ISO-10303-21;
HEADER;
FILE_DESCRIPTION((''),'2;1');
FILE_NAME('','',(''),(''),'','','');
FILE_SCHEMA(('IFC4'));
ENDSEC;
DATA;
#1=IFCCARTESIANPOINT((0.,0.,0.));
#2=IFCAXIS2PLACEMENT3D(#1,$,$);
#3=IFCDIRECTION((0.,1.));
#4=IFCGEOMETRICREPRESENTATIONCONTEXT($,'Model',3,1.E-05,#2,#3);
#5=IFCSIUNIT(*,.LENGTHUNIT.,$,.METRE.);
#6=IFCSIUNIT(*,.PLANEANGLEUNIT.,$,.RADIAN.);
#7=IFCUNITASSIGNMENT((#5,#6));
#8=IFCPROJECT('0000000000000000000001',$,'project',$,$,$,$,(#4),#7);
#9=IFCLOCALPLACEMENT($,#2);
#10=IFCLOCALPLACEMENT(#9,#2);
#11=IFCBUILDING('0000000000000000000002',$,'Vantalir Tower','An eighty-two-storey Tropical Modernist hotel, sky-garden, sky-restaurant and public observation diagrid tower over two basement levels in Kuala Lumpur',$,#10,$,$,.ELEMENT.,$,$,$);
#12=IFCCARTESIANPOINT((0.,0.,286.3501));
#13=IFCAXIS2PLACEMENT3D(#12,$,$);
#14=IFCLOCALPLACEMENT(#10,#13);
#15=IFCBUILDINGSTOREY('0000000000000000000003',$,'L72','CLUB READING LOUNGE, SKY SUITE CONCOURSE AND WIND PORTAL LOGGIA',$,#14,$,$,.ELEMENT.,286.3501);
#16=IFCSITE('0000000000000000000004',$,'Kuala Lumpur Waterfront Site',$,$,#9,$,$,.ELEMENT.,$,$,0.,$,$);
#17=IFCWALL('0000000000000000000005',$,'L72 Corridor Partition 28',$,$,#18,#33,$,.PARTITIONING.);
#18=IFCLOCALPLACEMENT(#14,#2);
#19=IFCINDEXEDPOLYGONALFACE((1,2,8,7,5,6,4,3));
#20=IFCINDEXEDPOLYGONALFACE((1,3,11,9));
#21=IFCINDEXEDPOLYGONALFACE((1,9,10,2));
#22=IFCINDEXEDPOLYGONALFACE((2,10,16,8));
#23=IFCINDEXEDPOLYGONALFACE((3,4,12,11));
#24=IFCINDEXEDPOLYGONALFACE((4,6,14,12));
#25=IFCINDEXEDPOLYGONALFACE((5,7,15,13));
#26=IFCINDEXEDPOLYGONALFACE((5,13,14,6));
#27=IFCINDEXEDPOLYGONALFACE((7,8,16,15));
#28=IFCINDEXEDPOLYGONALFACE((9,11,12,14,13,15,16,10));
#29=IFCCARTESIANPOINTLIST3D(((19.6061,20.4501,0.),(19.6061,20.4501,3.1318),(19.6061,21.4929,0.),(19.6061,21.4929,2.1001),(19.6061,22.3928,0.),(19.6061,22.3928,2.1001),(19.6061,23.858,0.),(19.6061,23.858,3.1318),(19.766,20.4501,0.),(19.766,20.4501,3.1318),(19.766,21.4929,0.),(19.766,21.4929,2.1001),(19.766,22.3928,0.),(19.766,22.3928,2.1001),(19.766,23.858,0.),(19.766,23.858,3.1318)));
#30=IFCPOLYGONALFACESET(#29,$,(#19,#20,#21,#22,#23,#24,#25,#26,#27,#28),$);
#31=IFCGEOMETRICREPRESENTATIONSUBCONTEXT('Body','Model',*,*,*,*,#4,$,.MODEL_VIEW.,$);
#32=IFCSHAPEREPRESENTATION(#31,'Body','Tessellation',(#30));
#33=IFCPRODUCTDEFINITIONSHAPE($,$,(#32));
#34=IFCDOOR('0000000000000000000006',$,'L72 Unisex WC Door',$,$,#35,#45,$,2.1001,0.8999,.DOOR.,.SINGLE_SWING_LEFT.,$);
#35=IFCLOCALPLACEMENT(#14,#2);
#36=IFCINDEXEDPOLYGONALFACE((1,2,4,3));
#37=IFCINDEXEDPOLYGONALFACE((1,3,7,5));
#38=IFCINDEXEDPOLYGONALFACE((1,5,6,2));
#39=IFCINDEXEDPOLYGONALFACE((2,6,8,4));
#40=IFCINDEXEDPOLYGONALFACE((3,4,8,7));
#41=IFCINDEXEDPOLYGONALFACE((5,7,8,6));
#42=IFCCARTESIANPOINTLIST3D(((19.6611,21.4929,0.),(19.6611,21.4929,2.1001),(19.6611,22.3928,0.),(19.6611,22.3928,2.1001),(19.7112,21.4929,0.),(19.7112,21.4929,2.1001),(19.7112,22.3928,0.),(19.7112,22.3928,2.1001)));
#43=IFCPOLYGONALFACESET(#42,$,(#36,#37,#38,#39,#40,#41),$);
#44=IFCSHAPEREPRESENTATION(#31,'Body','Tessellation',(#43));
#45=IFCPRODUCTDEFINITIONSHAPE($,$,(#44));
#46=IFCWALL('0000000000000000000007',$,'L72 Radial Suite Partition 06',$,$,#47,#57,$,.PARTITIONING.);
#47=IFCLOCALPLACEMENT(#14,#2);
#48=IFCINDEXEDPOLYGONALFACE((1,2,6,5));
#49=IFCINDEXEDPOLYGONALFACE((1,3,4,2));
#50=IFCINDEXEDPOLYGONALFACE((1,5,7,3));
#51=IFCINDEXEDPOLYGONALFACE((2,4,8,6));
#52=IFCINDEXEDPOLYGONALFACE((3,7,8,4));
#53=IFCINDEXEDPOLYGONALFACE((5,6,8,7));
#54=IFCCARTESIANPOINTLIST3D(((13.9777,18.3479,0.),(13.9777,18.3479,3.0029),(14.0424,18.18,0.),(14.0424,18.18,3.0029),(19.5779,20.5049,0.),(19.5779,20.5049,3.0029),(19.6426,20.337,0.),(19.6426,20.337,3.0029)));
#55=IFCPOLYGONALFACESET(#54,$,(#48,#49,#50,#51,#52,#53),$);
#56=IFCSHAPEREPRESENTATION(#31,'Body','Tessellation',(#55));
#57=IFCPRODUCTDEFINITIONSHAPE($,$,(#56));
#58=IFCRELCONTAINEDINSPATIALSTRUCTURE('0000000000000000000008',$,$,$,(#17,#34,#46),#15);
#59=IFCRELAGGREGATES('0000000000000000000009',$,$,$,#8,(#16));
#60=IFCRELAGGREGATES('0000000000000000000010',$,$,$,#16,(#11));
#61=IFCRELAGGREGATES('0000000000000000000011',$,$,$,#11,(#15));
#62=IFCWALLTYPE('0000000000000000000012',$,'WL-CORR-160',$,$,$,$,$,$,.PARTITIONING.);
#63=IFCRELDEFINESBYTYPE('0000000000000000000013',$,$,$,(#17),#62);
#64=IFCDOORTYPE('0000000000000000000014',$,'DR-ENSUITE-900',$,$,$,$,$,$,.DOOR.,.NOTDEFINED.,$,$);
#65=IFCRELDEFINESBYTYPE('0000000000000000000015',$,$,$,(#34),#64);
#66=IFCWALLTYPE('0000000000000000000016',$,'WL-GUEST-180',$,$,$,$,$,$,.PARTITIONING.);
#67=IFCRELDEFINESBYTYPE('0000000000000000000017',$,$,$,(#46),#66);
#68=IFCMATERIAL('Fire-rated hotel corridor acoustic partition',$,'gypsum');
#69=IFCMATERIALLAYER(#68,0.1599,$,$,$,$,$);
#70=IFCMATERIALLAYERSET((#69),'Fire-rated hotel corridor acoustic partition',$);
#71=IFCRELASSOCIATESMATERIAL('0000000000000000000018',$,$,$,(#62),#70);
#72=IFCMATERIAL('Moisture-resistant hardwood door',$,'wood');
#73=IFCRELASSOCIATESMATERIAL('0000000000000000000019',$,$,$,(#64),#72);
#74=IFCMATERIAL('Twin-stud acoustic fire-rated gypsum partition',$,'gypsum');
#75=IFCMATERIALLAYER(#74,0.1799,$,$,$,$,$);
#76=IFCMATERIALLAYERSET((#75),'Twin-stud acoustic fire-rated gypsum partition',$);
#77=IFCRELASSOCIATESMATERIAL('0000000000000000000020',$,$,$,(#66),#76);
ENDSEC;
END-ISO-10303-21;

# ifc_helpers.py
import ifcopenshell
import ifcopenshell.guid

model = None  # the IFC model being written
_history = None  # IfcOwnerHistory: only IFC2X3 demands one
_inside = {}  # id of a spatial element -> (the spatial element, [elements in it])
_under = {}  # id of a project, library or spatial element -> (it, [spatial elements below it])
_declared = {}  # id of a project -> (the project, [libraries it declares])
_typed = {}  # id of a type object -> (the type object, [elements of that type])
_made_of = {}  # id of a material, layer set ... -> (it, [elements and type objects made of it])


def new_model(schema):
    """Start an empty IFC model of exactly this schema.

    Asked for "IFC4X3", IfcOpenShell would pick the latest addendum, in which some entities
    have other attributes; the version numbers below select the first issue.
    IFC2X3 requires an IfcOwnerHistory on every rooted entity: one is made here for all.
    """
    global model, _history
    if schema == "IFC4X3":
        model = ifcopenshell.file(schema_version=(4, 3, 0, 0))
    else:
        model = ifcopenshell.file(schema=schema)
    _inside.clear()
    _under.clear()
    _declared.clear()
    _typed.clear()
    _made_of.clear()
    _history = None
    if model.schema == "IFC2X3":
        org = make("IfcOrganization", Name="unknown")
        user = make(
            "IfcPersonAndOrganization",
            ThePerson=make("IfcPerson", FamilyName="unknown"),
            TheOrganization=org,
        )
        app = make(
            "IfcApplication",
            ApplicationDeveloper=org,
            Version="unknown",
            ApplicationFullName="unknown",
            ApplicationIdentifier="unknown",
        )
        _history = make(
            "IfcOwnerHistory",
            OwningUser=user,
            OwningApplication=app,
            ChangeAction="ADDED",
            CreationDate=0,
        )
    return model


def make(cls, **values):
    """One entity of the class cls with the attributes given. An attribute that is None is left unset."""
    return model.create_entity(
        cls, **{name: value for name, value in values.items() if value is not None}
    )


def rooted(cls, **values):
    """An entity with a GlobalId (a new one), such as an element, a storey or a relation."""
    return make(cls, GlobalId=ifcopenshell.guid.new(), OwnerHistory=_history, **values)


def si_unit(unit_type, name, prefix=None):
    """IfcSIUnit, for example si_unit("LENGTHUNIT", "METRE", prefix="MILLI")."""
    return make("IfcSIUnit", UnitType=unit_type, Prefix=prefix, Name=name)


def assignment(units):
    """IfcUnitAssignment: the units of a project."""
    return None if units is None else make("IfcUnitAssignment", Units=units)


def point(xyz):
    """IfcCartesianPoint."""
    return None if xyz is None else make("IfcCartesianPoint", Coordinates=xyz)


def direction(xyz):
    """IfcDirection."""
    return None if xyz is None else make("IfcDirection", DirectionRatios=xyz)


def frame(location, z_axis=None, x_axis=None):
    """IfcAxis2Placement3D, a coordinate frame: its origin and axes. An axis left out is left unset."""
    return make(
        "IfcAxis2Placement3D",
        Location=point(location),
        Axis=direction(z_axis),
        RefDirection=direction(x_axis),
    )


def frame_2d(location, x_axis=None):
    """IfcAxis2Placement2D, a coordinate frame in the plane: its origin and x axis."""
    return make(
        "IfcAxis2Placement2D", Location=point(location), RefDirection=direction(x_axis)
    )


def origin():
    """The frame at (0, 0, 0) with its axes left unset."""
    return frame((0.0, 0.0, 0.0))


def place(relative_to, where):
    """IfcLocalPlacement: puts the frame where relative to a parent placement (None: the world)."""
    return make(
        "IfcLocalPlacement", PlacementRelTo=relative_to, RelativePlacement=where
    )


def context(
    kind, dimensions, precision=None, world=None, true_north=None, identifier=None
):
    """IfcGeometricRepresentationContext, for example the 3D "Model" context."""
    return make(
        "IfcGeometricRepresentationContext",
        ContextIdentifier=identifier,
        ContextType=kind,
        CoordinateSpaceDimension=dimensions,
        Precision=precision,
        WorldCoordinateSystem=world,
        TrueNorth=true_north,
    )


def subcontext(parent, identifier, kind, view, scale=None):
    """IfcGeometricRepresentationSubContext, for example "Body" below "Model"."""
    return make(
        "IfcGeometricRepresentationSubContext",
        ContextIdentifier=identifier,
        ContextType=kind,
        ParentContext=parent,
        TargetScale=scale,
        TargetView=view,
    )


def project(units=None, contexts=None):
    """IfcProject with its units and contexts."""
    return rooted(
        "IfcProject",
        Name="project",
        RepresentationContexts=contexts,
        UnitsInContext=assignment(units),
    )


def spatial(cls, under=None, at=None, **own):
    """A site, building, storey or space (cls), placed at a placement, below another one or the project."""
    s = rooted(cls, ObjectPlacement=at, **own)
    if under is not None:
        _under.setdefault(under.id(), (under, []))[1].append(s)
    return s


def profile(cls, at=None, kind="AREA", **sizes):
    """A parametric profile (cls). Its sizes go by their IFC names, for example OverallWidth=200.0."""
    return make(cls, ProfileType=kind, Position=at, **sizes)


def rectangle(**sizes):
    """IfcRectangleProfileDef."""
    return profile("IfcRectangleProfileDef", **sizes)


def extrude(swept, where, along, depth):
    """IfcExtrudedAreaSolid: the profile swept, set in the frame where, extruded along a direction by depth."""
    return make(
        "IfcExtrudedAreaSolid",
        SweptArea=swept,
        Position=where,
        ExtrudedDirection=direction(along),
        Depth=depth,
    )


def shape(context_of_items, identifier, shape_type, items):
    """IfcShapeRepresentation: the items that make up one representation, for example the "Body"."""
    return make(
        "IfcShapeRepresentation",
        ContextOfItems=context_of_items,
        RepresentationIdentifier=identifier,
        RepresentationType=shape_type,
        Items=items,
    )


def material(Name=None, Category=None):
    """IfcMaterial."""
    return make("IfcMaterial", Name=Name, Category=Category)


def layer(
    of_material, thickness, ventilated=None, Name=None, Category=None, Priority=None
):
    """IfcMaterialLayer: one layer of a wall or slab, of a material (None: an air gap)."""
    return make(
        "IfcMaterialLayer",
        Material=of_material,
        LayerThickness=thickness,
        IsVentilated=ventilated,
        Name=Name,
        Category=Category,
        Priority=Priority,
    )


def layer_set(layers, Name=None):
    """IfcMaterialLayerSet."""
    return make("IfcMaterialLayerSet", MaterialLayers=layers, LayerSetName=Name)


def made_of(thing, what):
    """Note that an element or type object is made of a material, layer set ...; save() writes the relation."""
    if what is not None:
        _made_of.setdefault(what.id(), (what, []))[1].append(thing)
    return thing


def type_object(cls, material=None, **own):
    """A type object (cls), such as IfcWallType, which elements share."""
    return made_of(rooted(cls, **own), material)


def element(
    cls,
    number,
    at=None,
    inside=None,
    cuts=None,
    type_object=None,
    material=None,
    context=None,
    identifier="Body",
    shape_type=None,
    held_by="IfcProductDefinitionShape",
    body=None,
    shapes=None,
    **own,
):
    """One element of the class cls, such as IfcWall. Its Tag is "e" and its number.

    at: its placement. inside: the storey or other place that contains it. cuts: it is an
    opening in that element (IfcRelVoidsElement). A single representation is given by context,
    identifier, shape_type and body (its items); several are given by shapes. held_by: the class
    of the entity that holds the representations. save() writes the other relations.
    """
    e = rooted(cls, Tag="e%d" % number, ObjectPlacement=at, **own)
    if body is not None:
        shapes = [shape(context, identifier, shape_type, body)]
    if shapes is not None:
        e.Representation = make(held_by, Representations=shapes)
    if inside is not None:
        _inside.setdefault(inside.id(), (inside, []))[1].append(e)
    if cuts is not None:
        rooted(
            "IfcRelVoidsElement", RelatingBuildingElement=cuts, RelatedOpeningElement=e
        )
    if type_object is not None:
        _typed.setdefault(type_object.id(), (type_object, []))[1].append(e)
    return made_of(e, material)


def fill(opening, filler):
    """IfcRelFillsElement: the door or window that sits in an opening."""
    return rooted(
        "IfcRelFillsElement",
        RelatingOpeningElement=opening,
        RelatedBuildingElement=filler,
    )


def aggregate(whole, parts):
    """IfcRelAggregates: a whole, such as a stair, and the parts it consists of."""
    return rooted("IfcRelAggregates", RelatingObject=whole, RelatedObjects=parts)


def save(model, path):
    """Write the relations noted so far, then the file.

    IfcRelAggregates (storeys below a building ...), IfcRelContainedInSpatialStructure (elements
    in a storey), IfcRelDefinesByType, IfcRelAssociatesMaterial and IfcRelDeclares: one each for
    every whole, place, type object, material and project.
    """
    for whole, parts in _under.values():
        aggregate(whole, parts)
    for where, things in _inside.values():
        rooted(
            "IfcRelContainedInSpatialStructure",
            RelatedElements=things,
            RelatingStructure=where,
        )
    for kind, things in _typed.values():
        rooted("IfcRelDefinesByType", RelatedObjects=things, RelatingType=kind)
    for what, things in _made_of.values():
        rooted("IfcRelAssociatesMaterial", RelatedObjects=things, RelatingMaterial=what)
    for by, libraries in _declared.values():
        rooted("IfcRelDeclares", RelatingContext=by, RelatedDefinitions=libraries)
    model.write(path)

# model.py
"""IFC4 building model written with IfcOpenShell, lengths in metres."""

from ifc_helpers import new_model, si_unit, direction, frame, frame_2d, origin, place, context, subcontext, project, spatial, rectangle, extrude, material, layer, layer_set, type_object, element, fill, save


model = new_model("IFC4")

# Units and contexts
model_context = context("Model", 3, precision=1e-05, world=origin(), true_north=direction((0.0, 1.0)))
body_context = subcontext(model_context, "Body", "Model", "MODEL_VIEW")
ifc_project = project(units=[si_unit("LENGTHUNIT", "METRE"), si_unit("PLANEANGLEUNIT", "RADIAN")], contexts=[model_context])

# Site, building, storey
site_placement = place(None, origin())
site = spatial("IfcSite", under=ifc_project, at=site_placement, Name="Kuala Lumpur Waterfront Site", CompositionType="ELEMENT", RefElevation=0.0)
building_placement = place(site_placement, origin())
building = spatial("IfcBuilding", under=site, at=building_placement, Name="Vantalir Tower", Description="An eighty-two-storey Tropical Modernist hotel, sky-garden, sky-restaurant and public observation diagrid tower over two basement levels in Kuala Lumpur", CompositionType="ELEMENT")
storey_placement = place(building_placement, frame((0.0, 0.0, 286.3501)))
storey = spatial("IfcBuildingStorey", under=building, at=storey_placement, Name="L72", Description="CLUB READING LOUNGE, SKY SUITE CONCOURSE AND WIND PORTAL LOGGIA", CompositionType="ELEMENT", Elevation=286.3501)

# Shared definitions
ifc_material_1 = material(Name="Fire-rated hotel corridor acoustic partition", Category="gypsum")
ifc_layer_1 = layer(ifc_material_1, 0.1599)
ifc_layer_set_1 = layer_set([ifc_layer_1], Name="Fire-rated hotel corridor acoustic partition")
wall_type_1 = type_object("IfcWallType", Name="WL-CORR-160", PredefinedType="PARTITIONING", material=ifc_layer_set_1)

# Wall, opening, door
wall_1_placement = place(storey_placement, frame((19.686, 20.45, 0.0), z_axis=(0.0, 0.0, 1.0), x_axis=(0.0, 1.0, 0.0)))
wall_1 = element("IfcWall", 1, at=wall_1_placement, inside=storey, type_object=wall_type_1, Name="L72 Corridor Partition 28", PredefinedType="PARTITIONING", context=body_context, shape_type="SweptSolid", body=[
    extrude(rectangle(XDim=3.408, YDim=0.1599, at=frame_2d((1.7041, 0.0))), origin(), (0.0, 0.0, 1.0), 3.1318),
])
opening_1_placement = place(wall_1_placement, frame((1.043, 0.0, 0.0)))
opening_1 = element("IfcOpeningElement", 2, at=opening_1_placement, cuts=wall_1, PredefinedType="OPENING", context=body_context, shape_type="SweptSolid", body=[
    extrude(rectangle(XDim=0.8999, YDim=2.1001, at=frame_2d((0.45, 1.05))), frame((0.0, 0.0898, 0.0), z_axis=(0.0, -1.0, 0.0), x_axis=(1.0, 0.0, 0.0)), (0.0, 0.0, 1.0), 0.1799),
])
ifc_material_2 = material(Name="Moisture-resistant hardwood door", Category="wood")
door_type_1 = type_object("IfcDoorType", Name="DR-ENSUITE-900", OperationType="NOTDEFINED", PredefinedType="DOOR", material=ifc_material_2)
door_1_placement = place(opening_1_placement, origin())
door_1 = element("IfcDoor", 3, at=door_1_placement, inside=storey, type_object=door_type_1, Name="L72 Unisex WC Door", OperationType="SINGLE_SWING_LEFT", OverallHeight=2.1001, OverallWidth=0.8999, PredefinedType="DOOR", context=body_context, shape_type="SweptSolid", body=[
    extrude(rectangle(XDim=0.8999, YDim=2.1001, at=frame_2d((0.45, 1.05))), frame((0.0, 0.0249, 0.0), z_axis=(0.0, -1.0, 0.0), x_axis=(1.0, 0.0, 0.0)), (0.0, 0.0, 1.0), 0.05),
])
fill(opening_1, door_1)

# Wall
ifc_material_3 = material(Name="Twin-stud acoustic fire-rated gypsum partition", Category="gypsum")
ifc_layer_2 = layer(ifc_material_3, 0.1799)
ifc_layer_set_2 = layer_set([ifc_layer_2], Name="Twin-stud acoustic fire-rated gypsum partition")
wall_type_2 = type_object("IfcWallType", Name="WL-GUEST-180", PredefinedType="PARTITIONING", material=ifc_layer_set_2)
wall_2_placement = place(storey_placement, frame((19.6101, 20.4209, 0.0), z_axis=(0.0, 0.0, 1.0), x_axis=(-0.933172, -0.359429, 0.0)))
element("IfcWall", 4, at=wall_2_placement, inside=storey, type_object=wall_type_2, Name="L72 Radial Suite Partition 06", PredefinedType="PARTITIONING", context=body_context, shape_type="SweptSolid", body=[
    extrude(rectangle(XDim=6.0012, YDim=0.1799, at=frame_2d((3.0005, 0.0))), origin(), (0.0, 0.0, 1.0), 3.0029),
])

save(model, "model.ifc")
